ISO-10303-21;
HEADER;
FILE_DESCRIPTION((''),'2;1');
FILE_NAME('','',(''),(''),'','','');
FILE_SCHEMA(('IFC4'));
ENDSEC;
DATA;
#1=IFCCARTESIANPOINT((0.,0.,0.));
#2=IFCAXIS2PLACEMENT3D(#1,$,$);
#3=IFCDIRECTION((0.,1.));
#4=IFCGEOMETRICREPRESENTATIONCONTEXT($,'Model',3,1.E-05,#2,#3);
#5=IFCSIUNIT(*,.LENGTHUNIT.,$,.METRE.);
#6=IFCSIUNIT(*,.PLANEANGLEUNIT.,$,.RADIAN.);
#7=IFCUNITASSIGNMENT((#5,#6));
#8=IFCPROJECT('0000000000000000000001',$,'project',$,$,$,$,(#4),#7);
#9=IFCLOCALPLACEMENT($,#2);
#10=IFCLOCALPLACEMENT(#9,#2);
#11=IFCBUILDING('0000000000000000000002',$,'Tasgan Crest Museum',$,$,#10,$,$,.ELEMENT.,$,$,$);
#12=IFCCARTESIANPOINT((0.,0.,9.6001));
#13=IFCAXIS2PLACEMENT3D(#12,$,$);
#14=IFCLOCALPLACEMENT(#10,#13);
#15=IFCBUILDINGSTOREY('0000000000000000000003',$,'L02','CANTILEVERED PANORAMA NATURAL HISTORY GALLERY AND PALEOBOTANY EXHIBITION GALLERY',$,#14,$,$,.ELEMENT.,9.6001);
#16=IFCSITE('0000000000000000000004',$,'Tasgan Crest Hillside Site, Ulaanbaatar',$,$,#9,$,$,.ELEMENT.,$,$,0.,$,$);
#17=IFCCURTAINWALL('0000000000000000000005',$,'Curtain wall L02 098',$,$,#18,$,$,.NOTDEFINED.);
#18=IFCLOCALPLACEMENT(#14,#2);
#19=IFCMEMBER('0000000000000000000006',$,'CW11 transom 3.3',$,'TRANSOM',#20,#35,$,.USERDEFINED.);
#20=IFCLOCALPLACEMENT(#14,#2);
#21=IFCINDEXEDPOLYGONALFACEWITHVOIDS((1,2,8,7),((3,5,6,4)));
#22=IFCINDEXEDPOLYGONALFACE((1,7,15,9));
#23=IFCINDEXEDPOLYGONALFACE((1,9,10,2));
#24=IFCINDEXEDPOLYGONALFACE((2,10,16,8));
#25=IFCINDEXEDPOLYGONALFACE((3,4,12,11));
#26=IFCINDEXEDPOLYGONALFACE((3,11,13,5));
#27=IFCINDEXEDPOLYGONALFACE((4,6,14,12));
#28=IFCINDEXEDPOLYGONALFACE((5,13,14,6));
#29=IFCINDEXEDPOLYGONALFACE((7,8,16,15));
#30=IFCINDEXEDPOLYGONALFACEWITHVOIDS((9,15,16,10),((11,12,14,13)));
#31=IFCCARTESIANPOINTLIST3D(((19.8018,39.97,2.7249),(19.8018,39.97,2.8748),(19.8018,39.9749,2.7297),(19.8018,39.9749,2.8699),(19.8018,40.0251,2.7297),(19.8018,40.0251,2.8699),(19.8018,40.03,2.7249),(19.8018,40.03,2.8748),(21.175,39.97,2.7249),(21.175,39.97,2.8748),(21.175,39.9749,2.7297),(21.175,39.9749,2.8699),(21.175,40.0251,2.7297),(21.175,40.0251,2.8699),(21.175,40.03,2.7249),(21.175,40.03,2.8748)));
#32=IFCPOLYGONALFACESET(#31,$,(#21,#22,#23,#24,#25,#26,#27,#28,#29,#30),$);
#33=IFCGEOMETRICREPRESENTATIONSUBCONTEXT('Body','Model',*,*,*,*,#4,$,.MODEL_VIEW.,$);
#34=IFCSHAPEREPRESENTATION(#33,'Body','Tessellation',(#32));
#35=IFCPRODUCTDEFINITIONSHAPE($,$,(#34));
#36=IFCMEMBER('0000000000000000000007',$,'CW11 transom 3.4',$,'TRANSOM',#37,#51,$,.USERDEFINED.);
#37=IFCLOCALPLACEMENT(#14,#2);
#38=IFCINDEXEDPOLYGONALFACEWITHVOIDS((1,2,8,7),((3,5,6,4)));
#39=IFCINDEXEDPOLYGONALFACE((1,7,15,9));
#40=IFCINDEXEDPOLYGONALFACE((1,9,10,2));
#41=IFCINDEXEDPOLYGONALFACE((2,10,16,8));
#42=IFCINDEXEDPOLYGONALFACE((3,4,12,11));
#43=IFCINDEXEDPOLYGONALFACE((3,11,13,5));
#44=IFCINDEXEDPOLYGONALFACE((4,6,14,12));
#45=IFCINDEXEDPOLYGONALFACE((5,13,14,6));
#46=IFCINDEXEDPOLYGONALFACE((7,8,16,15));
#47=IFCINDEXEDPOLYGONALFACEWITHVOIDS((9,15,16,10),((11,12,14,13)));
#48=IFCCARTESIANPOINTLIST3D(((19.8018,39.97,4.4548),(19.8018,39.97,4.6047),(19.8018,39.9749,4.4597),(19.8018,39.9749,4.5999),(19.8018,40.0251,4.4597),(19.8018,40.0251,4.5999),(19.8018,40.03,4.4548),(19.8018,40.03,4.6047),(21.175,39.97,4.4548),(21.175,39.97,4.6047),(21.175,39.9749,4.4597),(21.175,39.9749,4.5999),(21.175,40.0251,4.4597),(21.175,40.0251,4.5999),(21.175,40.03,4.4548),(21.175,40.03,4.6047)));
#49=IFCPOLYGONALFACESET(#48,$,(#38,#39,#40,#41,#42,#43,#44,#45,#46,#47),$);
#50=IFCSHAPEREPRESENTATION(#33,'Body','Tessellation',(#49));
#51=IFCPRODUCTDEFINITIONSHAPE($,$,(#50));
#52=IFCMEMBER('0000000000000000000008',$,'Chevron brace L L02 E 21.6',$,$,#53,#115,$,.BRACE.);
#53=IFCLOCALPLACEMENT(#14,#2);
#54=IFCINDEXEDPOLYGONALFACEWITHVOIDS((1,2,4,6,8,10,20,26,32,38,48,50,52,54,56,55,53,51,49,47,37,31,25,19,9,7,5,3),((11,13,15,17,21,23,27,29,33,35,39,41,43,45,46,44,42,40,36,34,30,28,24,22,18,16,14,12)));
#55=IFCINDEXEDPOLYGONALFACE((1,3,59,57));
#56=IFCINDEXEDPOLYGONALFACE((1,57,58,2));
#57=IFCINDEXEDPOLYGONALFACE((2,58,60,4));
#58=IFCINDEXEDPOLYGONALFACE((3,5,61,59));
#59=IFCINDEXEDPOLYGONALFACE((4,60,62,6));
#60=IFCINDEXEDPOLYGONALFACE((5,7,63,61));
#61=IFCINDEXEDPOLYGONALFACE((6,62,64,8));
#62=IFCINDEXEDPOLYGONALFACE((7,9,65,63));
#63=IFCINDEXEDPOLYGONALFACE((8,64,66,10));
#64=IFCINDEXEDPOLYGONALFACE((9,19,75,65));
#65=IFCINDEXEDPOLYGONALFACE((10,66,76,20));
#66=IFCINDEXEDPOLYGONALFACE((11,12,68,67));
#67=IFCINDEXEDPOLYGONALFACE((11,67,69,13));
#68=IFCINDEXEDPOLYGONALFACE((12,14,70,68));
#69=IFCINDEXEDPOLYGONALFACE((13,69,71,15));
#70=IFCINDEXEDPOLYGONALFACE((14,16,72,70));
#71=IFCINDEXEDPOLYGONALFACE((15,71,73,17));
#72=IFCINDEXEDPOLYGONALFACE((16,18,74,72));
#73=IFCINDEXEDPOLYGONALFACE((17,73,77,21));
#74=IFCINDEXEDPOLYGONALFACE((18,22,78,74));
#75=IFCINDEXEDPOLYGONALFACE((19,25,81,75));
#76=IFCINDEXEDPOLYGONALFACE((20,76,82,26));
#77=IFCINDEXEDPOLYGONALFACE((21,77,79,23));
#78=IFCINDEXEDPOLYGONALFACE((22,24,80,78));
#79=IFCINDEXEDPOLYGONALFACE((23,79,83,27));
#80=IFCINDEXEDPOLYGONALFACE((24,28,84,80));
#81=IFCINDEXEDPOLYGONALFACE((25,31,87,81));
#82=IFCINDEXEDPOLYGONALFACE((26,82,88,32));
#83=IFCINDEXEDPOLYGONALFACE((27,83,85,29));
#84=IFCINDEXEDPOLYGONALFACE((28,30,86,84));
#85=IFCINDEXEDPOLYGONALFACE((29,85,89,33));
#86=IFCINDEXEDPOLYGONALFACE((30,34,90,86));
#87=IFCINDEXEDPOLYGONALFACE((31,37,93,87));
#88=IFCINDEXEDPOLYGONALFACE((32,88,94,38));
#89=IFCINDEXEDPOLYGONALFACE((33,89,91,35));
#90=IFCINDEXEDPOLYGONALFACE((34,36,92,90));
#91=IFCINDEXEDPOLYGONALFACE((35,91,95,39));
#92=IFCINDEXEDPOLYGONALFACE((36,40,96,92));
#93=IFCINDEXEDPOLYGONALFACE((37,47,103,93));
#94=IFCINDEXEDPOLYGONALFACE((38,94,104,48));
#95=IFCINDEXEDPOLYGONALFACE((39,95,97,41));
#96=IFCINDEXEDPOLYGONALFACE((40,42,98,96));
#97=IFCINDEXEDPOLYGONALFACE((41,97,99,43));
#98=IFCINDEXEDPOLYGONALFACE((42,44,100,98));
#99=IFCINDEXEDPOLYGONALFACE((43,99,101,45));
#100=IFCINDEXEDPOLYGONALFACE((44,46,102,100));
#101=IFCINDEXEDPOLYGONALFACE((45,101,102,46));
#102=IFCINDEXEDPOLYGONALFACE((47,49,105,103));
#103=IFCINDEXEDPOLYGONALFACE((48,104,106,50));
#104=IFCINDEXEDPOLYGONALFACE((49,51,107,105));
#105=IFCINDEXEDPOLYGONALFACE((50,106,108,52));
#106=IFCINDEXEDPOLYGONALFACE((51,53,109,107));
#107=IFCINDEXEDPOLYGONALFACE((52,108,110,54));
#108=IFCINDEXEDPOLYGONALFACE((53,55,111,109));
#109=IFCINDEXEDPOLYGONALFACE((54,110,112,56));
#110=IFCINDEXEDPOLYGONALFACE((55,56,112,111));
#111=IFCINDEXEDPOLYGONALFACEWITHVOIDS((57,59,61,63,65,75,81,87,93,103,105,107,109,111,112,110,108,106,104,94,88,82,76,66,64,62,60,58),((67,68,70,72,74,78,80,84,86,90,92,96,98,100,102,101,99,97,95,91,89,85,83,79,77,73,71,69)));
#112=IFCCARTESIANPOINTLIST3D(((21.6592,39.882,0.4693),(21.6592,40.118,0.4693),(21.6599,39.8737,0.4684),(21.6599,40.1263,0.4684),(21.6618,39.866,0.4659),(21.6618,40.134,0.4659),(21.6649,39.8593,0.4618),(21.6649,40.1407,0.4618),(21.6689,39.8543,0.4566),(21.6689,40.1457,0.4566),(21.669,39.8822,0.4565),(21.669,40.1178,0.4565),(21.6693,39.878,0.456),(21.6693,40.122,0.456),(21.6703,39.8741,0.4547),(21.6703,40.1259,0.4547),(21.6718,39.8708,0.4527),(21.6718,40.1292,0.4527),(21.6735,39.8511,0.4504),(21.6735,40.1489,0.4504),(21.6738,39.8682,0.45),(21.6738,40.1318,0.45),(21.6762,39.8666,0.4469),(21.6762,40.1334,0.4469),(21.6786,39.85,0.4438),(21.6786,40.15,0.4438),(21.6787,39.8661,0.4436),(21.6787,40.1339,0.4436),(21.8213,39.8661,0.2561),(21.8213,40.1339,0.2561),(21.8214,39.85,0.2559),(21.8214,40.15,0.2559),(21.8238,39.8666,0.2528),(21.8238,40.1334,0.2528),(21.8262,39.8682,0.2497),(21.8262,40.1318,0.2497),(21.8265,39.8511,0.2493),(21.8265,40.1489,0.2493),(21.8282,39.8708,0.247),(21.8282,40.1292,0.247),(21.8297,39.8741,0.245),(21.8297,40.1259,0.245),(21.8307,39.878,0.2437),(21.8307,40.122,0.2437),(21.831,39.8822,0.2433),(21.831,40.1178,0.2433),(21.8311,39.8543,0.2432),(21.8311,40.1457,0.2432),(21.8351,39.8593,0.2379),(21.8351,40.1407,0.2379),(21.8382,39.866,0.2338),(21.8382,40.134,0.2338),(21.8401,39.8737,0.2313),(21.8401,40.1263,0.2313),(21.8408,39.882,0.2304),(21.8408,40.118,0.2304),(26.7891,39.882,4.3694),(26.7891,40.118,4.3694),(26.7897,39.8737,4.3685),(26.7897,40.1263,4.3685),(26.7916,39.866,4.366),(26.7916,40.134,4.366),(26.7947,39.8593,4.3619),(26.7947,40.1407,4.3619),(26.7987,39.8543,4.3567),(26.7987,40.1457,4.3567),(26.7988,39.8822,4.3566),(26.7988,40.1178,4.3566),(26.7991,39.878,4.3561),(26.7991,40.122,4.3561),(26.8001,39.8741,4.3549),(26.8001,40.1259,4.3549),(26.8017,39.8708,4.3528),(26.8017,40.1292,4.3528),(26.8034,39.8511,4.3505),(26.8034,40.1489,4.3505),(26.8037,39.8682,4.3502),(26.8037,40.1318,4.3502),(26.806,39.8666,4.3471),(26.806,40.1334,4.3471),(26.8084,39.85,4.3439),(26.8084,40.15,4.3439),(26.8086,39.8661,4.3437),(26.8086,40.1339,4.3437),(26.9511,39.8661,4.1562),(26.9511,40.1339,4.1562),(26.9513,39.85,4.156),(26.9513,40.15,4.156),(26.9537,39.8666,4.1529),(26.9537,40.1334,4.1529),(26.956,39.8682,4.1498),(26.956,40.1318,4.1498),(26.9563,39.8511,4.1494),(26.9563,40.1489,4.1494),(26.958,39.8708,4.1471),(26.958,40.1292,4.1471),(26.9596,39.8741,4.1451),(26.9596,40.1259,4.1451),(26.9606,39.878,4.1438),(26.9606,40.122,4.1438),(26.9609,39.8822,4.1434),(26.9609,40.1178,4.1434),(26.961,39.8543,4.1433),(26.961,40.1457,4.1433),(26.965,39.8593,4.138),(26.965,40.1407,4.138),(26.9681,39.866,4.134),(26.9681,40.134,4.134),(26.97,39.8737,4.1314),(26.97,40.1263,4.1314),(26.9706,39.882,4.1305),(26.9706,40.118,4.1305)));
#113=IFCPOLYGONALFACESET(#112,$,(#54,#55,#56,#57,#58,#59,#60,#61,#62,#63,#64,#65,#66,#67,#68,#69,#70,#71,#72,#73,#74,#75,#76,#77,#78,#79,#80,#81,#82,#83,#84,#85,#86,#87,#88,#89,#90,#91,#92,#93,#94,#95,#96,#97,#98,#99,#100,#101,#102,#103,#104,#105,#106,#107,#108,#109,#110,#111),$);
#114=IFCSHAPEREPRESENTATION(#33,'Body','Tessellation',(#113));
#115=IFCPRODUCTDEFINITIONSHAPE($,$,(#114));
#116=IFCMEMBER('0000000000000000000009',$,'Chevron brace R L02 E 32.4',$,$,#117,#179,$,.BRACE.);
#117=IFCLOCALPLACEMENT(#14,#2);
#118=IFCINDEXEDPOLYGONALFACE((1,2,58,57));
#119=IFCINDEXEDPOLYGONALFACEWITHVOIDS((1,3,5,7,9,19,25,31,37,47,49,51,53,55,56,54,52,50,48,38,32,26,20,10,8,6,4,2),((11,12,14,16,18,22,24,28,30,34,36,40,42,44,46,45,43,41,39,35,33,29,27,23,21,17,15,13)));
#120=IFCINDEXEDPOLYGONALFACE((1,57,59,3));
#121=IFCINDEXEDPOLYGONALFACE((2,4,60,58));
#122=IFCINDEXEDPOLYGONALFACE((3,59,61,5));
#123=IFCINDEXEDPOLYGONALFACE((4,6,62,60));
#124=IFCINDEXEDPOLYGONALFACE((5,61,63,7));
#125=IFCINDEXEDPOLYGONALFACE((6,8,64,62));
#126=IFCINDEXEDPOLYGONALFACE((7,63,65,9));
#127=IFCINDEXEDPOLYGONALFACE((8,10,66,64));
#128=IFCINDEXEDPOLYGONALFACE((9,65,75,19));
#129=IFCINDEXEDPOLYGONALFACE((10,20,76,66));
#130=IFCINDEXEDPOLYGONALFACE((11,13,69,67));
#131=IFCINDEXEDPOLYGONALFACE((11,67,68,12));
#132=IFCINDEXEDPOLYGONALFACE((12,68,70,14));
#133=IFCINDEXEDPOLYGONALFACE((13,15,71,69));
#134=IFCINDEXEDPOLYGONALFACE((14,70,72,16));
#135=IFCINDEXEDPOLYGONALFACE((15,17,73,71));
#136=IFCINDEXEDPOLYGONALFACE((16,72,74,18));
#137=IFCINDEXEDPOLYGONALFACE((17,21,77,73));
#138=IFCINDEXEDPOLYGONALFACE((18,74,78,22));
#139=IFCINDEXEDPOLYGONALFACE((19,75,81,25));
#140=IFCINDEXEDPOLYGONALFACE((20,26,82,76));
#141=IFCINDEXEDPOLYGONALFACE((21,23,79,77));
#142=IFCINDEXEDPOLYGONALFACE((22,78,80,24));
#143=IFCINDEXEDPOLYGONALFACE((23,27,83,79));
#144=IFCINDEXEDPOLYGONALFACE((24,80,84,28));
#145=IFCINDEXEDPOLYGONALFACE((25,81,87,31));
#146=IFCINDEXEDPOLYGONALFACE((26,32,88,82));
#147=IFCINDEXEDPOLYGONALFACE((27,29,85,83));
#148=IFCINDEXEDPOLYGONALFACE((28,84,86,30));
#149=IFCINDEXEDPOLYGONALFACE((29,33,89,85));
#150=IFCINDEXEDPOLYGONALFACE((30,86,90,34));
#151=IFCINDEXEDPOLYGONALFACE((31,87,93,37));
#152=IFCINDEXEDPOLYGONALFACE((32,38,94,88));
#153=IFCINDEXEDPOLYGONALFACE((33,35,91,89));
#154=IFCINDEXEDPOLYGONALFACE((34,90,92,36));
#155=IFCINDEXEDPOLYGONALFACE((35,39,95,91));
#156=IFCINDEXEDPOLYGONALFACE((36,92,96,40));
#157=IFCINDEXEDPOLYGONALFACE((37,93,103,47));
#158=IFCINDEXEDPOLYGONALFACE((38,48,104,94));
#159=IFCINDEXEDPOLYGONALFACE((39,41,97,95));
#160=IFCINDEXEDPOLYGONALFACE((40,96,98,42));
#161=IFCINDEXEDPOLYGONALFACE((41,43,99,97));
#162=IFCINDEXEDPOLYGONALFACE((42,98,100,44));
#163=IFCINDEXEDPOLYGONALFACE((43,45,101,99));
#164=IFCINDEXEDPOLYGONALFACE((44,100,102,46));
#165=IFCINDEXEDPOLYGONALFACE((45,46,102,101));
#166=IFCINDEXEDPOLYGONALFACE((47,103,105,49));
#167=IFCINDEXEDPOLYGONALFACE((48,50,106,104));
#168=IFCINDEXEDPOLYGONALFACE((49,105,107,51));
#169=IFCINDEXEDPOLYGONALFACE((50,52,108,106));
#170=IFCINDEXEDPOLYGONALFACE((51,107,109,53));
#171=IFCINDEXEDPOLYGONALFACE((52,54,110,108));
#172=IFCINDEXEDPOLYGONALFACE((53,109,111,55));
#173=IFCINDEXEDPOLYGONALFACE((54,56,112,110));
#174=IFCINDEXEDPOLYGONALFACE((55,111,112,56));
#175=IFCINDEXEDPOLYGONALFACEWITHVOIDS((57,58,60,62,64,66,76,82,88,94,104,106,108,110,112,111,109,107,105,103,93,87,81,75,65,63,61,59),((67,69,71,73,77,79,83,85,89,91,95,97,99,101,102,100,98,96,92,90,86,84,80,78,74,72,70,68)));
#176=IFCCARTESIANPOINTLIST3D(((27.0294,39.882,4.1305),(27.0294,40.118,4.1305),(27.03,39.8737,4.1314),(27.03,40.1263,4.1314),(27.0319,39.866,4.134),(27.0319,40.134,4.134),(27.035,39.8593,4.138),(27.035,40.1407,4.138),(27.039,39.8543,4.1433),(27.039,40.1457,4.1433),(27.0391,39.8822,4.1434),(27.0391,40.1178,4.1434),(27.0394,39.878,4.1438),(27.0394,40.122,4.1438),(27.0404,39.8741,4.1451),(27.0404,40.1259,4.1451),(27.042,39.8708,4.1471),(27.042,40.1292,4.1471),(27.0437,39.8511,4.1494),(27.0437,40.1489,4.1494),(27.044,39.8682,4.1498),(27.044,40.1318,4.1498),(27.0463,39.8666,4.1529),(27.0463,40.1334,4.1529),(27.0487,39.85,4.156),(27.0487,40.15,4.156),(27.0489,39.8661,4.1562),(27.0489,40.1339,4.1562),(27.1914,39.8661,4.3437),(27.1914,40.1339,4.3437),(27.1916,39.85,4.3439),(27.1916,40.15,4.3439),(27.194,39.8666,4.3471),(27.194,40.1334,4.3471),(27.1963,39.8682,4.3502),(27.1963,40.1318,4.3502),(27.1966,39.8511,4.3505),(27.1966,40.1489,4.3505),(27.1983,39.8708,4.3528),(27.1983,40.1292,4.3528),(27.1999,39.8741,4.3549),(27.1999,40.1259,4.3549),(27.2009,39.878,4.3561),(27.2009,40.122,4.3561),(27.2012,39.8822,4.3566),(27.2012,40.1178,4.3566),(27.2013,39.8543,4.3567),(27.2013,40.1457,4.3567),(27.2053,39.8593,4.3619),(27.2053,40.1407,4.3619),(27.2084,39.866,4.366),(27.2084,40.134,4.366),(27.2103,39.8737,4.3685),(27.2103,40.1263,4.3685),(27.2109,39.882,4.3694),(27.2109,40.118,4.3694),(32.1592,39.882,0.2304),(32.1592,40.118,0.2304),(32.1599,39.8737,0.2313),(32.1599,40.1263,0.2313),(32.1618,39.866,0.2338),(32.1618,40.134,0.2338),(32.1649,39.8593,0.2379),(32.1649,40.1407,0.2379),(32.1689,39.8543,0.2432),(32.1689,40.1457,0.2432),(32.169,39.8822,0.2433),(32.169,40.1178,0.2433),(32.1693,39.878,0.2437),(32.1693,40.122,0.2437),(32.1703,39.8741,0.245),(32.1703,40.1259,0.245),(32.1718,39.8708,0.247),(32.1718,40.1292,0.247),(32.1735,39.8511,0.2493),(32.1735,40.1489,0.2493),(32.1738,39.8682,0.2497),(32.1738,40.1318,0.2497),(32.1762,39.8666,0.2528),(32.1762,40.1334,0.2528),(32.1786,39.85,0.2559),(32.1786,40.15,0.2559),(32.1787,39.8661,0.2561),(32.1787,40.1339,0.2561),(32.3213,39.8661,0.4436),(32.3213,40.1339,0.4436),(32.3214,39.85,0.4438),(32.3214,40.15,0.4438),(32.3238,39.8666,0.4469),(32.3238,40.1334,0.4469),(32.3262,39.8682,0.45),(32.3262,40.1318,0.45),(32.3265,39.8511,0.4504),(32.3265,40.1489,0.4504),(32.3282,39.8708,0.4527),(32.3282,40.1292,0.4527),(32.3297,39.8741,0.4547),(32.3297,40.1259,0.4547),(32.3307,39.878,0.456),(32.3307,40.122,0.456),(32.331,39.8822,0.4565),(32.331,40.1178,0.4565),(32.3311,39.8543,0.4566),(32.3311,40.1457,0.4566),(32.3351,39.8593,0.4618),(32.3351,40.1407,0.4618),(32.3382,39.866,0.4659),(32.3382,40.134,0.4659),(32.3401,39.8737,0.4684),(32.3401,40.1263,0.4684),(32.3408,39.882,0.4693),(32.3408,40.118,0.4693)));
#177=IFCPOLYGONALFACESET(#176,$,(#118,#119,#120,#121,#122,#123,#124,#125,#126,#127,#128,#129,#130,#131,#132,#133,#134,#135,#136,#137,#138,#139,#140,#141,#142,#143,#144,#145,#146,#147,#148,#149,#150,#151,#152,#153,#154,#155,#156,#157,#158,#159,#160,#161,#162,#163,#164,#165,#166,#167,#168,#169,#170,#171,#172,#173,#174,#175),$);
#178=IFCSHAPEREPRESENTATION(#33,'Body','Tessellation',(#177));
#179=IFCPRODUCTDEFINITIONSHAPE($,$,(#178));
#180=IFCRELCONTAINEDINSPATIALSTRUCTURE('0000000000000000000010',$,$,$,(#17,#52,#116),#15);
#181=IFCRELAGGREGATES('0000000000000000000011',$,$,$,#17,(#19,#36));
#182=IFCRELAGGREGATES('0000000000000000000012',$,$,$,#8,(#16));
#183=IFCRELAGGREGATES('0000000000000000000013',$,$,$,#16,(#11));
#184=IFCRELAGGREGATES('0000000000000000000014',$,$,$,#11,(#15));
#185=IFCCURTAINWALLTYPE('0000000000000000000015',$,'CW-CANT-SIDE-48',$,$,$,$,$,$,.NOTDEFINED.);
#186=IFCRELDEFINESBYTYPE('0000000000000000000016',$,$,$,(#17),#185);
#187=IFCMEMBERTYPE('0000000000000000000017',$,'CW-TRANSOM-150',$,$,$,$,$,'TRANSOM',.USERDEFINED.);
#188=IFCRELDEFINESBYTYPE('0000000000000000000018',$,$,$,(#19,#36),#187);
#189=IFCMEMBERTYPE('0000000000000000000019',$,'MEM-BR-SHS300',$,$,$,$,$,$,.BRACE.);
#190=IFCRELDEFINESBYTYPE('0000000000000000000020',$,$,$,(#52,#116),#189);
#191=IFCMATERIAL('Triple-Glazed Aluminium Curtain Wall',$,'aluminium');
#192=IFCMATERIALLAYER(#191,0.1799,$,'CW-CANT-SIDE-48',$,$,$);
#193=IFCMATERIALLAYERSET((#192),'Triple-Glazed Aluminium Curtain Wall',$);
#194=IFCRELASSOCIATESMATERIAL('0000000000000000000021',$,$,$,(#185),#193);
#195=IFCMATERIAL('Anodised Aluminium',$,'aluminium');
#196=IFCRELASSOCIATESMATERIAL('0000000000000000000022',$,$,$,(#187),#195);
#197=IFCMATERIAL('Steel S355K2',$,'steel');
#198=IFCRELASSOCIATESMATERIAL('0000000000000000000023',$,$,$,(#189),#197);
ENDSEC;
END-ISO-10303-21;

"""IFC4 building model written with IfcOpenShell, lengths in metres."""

from ifc_helpers import new_model, si_unit, direction, frame, origin, origin_2d, place, context, subcontext, project, spatial, hollow_rectangle, extrude, material, layer, layer_set, material_profile, profile_set, type_object, element, aggregate, save


model = new_model("IFC4")

# Units and contexts
model_context = context("Model", 3, precision=1e-05, world=origin(), true_north=direction((0.0, 1.0)))
body_context = subcontext(model_context, "Body", "Model", "MODEL_VIEW")
ifc_project = project(units=[si_unit("LENGTHUNIT", "METRE"), si_unit("PLANEANGLEUNIT", "RADIAN")], contexts=[model_context])

# Site, building, storey
site_placement = place(None, origin())
site = spatial("IfcSite", under=ifc_project, at=site_placement, Name="Tasgan Crest Hillside Site, Ulaanbaatar", CompositionType="ELEMENT", RefElevation=0.0)
building_placement = place(site_placement, origin())
building = spatial("IfcBuilding", under=site, at=building_placement, Name="Tasgan Crest Museum", CompositionType="ELEMENT")
storey_placement = place(building_placement, frame((0.0, 0.0, 9.6001)))
storey = spatial("IfcBuildingStorey", under=building, at=storey_placement, Name="L02", Description="CANTILEVERED PANORAMA NATURAL HISTORY GALLERY AND PALEOBOTANY EXHIBITION GALLERY", CompositionType="ELEMENT", Elevation=9.6001)

# Curtain wall, members
ifc_material_1 = material(Name="Triple-Glazed Aluminium Curtain Wall", Category="aluminium")
ifc_layer_1 = layer(ifc_material_1, 0.1799, Name="CW-CANT-SIDE-48")
ifc_layer_set_1 = layer_set([ifc_layer_1], Name="Triple-Glazed Aluminium Curtain Wall")
curtain_wall_type = type_object("IfcCurtainWallType", Name="CW-CANT-SIDE-48", PredefinedType="NOTDEFINED", material=ifc_layer_set_1)
curtain_wall_placement = place(storey_placement, origin())
curtain_wall = element("IfcCurtainWall", 1, at=curtain_wall_placement, inside=storey, type_object=curtain_wall_type, Name="Curtain wall L02 098", PredefinedType="NOTDEFINED")
ifc_material_2 = material(Name="Anodised Aluminium", Category="aluminium")
ifc_material_profile_1 = material_profile(ifc_material_2, hollow_rectangle(XDim=0.0601, YDim=0.1499, WallThickness=0.0049, at=origin_2d()), Name="ALU TRANSOM 150x60x5")
ifc_profile_set_1 = profile_set([ifc_material_profile_1], Name="Anodised Aluminium")
member_type_1 = type_object("IfcMemberType", Name="CW-TRANSOM-150", ElementType="TRANSOM", PredefinedType="USERDEFINED", material=ifc_profile_set_1)
member_1_placement = place(storey_placement, frame((19.8018, 40.0, 2.7998), z_axis=(1.0, 0.0, 0.0), x_axis=(0.0, 1.0, 0.0)))
member_1 = element("IfcMember", 2, at=member_1_placement, type_object=member_type_1, Name="CW11 transom 3.3", ObjectType="TRANSOM", PredefinedType="USERDEFINED", context=body_context, shape_type="SweptSolid", body=[
    extrude(hollow_rectangle(XDim=0.0601, YDim=0.1499, WallThickness=0.0049, at=origin_2d()), origin(), (0.0, 0.0, 1.0), 1.3733),
])
member_2_placement = place(storey_placement, frame((19.8018, 40.0, 4.5298), z_axis=(1.0, 0.0, 0.0), x_axis=(0.0, 1.0, 0.0)))
member_2 = element("IfcMember", 3, at=member_2_placement, type_object=member_type_1, Name="CW11 transom 3.4", ObjectType="TRANSOM", PredefinedType="USERDEFINED", context=body_context, shape_type="SweptSolid", body=[
    extrude(hollow_rectangle(XDim=0.0601, YDim=0.1499, WallThickness=0.0049, at=origin_2d()), origin(), (0.0, 0.0, 1.0), 1.3733),
])

# Members
ifc_material_3 = material(Name="Steel S355K2", Category="steel")
ifc_material_profile_2 = material_profile(ifc_material_3, hollow_rectangle(XDim=0.3, YDim=0.3, WallThickness=0.0161, InnerFilletRadius=0.0161, OuterFilletRadius=0.032, at=origin_2d()), Name="SHS 300x300x16")
ifc_profile_set_2 = profile_set([ifc_material_profile_2], Name="Steel S355K2")
member_type_2 = type_object("IfcMemberType", Name="MEM-BR-SHS300", PredefinedType="BRACE", material=ifc_profile_set_2)
for number, where, z_axis, x_axis, name in (
    (4, (21.75, 40.0, 0.3499), (0.796055, 0.0, 0.605224), (0.0, 1.0, 0.0), "Chevron brace L L02 E 21.6"),
    (5, (32.25, 40.0, 0.3499), (-0.796055, 0.0, 0.605224), (0.0, -1.0, 0.0), "Chevron brace R L02 E 32.4"),
):
    element("IfcMember", number, at=place(storey_placement, frame(where, z_axis=z_axis, x_axis=x_axis)), inside=storey, type_object=member_type_2, Name=name, PredefinedType="BRACE", context=body_context, shape_type="SweptSolid", body=[
        extrude(hollow_rectangle(XDim=0.3, YDim=0.3, WallThickness=0.0161, InnerFilletRadius=0.0161, OuterFilletRadius=0.032, at=origin_2d()), origin(), (0.0, 0.0, 1.0), 6.4441),
    ])

aggregate(curtain_wall, [member_1, member_2])

save(model, "model.ifc")
